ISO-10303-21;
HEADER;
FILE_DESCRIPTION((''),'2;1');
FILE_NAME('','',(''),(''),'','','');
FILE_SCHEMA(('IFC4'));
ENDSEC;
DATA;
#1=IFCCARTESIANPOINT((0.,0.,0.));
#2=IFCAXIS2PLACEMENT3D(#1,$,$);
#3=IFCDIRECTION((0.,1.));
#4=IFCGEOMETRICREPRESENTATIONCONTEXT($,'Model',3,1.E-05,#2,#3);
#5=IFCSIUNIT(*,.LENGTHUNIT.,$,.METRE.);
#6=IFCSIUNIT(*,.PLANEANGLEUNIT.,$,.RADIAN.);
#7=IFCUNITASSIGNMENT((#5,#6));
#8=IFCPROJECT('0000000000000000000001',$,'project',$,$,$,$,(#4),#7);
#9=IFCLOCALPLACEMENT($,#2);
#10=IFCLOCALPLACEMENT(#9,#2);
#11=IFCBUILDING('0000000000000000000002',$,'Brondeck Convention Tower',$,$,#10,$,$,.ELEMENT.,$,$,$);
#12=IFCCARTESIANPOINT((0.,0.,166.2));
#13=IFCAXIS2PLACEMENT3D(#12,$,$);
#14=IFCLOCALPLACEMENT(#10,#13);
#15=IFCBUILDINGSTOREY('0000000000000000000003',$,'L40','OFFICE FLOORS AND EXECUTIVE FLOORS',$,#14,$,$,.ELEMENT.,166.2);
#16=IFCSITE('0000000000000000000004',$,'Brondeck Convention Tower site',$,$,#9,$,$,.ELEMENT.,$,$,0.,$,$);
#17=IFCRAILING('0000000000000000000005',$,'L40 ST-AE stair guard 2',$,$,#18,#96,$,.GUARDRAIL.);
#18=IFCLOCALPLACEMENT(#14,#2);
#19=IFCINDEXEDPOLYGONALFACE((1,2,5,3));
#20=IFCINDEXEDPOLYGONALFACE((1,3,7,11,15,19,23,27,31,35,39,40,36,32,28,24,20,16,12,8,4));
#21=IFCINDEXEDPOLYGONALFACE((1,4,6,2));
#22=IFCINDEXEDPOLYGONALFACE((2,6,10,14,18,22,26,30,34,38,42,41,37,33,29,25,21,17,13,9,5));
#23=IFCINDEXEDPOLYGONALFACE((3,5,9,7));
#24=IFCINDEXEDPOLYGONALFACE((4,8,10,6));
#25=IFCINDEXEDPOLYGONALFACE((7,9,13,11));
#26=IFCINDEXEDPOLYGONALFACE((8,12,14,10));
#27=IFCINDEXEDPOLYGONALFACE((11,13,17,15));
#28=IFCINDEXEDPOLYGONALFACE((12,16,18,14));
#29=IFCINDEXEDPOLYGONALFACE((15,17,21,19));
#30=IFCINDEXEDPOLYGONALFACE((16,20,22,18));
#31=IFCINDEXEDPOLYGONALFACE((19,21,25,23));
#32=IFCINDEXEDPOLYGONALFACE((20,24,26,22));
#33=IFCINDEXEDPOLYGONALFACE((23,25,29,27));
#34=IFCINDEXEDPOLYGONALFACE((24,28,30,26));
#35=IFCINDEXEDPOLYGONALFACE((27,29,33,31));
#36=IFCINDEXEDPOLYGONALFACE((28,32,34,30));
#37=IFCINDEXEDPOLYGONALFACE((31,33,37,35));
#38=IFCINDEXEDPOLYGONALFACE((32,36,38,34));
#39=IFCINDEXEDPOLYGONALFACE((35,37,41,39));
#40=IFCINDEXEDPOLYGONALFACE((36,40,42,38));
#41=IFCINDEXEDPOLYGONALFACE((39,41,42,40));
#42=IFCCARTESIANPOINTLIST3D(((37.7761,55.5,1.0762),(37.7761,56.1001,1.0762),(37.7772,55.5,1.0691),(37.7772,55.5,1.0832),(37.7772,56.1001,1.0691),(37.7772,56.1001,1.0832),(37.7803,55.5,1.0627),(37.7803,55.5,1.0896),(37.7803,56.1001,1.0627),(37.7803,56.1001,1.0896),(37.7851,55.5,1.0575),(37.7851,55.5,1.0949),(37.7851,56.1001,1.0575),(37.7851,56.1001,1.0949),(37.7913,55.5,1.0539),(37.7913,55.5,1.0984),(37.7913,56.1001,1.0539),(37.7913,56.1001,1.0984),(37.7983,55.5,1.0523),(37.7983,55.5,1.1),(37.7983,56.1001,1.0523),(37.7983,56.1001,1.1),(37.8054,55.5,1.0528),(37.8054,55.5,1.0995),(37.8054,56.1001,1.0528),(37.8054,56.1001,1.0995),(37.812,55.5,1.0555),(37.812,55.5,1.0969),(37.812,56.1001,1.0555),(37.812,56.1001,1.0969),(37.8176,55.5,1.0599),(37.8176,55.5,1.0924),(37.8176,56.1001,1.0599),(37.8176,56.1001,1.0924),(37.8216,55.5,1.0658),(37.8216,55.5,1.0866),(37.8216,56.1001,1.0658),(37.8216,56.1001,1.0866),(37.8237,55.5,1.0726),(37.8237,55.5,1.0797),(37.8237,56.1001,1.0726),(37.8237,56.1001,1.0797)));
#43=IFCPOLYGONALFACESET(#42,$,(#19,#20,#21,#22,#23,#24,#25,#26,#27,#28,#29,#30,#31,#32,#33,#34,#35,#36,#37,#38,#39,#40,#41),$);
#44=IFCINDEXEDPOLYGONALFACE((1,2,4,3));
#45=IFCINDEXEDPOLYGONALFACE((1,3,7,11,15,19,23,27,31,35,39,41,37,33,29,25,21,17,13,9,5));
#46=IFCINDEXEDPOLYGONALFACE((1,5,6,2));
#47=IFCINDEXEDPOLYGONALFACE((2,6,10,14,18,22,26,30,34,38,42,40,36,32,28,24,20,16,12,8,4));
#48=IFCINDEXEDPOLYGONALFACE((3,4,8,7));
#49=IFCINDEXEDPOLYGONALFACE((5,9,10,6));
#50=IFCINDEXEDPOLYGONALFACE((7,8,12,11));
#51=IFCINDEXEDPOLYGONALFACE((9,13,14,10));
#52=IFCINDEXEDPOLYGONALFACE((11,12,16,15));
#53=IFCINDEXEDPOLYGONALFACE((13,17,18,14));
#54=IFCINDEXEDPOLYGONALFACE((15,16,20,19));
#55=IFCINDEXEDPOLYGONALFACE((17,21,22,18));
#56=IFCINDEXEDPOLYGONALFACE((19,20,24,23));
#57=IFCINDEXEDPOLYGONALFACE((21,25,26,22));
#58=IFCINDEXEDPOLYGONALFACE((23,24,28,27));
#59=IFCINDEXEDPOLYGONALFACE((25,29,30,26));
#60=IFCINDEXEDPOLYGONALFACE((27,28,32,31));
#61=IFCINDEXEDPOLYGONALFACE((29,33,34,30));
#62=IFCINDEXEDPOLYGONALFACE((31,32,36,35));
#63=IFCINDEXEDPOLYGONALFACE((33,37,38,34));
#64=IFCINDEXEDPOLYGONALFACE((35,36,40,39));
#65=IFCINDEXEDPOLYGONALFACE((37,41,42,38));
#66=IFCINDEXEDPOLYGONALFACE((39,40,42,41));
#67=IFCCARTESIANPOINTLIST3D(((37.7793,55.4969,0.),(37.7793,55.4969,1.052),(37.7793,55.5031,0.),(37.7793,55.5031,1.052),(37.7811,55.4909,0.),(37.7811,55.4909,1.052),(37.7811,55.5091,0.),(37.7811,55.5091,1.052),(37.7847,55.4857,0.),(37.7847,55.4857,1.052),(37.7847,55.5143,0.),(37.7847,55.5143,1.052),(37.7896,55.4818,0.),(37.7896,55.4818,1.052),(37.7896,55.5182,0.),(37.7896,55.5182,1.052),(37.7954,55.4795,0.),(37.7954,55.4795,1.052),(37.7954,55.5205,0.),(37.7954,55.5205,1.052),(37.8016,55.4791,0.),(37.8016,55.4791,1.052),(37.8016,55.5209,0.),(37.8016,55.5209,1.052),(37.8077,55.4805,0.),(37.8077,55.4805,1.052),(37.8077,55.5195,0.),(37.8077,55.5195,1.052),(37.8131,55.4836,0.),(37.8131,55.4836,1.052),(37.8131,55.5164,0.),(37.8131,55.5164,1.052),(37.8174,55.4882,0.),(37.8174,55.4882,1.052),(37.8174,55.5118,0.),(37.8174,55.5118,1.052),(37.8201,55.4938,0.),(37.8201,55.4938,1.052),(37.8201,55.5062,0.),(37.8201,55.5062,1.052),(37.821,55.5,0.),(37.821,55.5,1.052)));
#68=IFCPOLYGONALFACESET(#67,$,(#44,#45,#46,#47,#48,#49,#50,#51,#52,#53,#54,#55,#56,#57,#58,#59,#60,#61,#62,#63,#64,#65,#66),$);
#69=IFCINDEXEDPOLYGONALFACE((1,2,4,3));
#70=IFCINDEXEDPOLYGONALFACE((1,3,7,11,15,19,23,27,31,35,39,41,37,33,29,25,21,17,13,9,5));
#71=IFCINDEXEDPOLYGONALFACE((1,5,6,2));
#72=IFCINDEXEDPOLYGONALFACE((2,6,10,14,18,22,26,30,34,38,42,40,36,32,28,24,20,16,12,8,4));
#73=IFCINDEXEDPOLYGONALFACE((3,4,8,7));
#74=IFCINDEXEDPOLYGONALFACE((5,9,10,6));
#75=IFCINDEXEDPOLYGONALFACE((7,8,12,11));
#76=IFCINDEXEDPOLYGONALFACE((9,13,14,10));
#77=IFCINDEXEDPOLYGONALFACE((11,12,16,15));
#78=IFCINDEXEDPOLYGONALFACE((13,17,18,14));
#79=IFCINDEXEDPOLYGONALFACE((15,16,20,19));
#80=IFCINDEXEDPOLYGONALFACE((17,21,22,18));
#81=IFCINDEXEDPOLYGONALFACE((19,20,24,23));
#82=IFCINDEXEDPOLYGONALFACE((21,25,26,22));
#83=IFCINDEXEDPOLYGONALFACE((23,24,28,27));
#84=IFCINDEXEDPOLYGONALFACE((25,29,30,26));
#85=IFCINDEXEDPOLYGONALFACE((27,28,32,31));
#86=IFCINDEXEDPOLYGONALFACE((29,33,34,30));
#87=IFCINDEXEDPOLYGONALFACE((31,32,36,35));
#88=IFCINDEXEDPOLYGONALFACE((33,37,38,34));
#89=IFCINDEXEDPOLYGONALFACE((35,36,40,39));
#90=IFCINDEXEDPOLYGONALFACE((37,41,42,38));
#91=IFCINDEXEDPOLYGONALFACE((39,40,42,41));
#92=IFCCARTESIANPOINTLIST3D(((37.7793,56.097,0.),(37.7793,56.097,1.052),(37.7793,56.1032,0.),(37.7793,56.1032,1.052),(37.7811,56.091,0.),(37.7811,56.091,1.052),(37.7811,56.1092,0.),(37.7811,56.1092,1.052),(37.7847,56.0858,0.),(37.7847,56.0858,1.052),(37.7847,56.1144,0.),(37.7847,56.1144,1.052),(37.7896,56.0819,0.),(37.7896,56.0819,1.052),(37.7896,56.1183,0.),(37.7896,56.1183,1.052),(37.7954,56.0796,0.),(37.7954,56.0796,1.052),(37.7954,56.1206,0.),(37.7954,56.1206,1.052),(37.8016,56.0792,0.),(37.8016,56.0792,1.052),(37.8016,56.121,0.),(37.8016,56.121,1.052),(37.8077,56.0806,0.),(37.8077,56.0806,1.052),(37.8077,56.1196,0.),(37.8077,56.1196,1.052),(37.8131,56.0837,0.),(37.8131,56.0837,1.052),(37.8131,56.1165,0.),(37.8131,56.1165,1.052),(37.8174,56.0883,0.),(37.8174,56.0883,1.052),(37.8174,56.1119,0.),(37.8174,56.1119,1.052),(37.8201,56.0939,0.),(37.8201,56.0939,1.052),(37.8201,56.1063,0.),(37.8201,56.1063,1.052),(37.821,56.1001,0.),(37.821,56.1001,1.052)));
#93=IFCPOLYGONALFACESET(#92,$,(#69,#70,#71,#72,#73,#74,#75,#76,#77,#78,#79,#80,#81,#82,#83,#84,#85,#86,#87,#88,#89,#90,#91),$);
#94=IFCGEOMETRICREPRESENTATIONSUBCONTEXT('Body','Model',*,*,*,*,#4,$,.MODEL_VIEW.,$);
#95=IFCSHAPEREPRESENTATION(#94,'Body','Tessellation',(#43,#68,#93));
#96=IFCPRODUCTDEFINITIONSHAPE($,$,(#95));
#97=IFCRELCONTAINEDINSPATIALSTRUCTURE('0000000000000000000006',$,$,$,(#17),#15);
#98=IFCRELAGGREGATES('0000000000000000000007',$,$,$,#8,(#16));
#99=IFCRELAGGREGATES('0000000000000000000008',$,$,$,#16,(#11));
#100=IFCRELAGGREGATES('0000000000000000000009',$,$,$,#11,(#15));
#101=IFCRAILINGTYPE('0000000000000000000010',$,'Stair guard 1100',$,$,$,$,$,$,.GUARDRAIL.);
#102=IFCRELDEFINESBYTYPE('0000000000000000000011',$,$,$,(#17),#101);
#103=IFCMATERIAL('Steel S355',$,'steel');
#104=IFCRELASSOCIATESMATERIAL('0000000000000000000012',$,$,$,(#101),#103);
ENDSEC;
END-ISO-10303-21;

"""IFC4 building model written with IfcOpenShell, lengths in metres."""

from ifc_helpers import new_model, si_unit, direction, frame, origin, origin_2d, place, context, subcontext, project, spatial, circle, extrude, material, type_object, element, save


model = new_model("IFC4")

# Units and contexts
model_context = context("Model", 3, precision=1e-05, world=origin(), true_north=direction((0.0, 1.0)))
body_context = subcontext(model_context, "Body", "Model", "MODEL_VIEW")
ifc_project = project(units=[si_unit("LENGTHUNIT", "METRE"), si_unit("PLANEANGLEUNIT", "RADIAN")], contexts=[model_context])

# Site, building, storey
site_placement = place(None, origin())
site = spatial("IfcSite", under=ifc_project, at=site_placement, Name="Brondeck Convention Tower site", CompositionType="ELEMENT", RefElevation=0.0)
building_placement = place(site_placement, origin())
building = spatial("IfcBuilding", under=site, at=building_placement, Name="Brondeck Convention Tower", CompositionType="ELEMENT")
storey_placement = place(building_placement, frame((0.0, 0.0, 166.2)))
storey = spatial("IfcBuildingStorey", under=building, at=storey_placement, Name="L40", Description="OFFICE FLOORS AND EXECUTIVE FLOORS", CompositionType="ELEMENT", Elevation=166.2)

# Shared definitions
ifc_material_1 = material(Name="Steel S355", Category="steel")

# Railing
railing_type_1 = type_object("IfcRailingType", Name="Stair guard 1100", PredefinedType="GUARDRAIL", material=ifc_material_1)
railing_1_placement = place(storey_placement, frame((37.8, 55.5, 0.0)))
element("IfcRailing", 1, at=railing_1_placement, inside=storey, type_object=railing_type_1, Name="L40 ST-AE stair guard 2", PredefinedType="GUARDRAIL", context=body_context, shape_type="SweptSolid", body=[
    extrude(circle(Radius=0.0239, at=origin_2d()), frame((0.0, 0.0, 1.0762), z_axis=(0.0, 1.0, 0.0), x_axis=(-1.0, 0.0, 0.0)), (0.0, 0.0, 1.0), 0.6001),
    extrude(circle(Radius=0.021, at=origin_2d()), origin(), (0.0, 0.0, 1.0), 1.052),
    extrude(circle(Radius=0.021, at=origin_2d()), frame((0.0, 0.6001, 0.0)), (0.0, 0.0, 1.0), 1.052),
])

save(model, "model.ifc")
